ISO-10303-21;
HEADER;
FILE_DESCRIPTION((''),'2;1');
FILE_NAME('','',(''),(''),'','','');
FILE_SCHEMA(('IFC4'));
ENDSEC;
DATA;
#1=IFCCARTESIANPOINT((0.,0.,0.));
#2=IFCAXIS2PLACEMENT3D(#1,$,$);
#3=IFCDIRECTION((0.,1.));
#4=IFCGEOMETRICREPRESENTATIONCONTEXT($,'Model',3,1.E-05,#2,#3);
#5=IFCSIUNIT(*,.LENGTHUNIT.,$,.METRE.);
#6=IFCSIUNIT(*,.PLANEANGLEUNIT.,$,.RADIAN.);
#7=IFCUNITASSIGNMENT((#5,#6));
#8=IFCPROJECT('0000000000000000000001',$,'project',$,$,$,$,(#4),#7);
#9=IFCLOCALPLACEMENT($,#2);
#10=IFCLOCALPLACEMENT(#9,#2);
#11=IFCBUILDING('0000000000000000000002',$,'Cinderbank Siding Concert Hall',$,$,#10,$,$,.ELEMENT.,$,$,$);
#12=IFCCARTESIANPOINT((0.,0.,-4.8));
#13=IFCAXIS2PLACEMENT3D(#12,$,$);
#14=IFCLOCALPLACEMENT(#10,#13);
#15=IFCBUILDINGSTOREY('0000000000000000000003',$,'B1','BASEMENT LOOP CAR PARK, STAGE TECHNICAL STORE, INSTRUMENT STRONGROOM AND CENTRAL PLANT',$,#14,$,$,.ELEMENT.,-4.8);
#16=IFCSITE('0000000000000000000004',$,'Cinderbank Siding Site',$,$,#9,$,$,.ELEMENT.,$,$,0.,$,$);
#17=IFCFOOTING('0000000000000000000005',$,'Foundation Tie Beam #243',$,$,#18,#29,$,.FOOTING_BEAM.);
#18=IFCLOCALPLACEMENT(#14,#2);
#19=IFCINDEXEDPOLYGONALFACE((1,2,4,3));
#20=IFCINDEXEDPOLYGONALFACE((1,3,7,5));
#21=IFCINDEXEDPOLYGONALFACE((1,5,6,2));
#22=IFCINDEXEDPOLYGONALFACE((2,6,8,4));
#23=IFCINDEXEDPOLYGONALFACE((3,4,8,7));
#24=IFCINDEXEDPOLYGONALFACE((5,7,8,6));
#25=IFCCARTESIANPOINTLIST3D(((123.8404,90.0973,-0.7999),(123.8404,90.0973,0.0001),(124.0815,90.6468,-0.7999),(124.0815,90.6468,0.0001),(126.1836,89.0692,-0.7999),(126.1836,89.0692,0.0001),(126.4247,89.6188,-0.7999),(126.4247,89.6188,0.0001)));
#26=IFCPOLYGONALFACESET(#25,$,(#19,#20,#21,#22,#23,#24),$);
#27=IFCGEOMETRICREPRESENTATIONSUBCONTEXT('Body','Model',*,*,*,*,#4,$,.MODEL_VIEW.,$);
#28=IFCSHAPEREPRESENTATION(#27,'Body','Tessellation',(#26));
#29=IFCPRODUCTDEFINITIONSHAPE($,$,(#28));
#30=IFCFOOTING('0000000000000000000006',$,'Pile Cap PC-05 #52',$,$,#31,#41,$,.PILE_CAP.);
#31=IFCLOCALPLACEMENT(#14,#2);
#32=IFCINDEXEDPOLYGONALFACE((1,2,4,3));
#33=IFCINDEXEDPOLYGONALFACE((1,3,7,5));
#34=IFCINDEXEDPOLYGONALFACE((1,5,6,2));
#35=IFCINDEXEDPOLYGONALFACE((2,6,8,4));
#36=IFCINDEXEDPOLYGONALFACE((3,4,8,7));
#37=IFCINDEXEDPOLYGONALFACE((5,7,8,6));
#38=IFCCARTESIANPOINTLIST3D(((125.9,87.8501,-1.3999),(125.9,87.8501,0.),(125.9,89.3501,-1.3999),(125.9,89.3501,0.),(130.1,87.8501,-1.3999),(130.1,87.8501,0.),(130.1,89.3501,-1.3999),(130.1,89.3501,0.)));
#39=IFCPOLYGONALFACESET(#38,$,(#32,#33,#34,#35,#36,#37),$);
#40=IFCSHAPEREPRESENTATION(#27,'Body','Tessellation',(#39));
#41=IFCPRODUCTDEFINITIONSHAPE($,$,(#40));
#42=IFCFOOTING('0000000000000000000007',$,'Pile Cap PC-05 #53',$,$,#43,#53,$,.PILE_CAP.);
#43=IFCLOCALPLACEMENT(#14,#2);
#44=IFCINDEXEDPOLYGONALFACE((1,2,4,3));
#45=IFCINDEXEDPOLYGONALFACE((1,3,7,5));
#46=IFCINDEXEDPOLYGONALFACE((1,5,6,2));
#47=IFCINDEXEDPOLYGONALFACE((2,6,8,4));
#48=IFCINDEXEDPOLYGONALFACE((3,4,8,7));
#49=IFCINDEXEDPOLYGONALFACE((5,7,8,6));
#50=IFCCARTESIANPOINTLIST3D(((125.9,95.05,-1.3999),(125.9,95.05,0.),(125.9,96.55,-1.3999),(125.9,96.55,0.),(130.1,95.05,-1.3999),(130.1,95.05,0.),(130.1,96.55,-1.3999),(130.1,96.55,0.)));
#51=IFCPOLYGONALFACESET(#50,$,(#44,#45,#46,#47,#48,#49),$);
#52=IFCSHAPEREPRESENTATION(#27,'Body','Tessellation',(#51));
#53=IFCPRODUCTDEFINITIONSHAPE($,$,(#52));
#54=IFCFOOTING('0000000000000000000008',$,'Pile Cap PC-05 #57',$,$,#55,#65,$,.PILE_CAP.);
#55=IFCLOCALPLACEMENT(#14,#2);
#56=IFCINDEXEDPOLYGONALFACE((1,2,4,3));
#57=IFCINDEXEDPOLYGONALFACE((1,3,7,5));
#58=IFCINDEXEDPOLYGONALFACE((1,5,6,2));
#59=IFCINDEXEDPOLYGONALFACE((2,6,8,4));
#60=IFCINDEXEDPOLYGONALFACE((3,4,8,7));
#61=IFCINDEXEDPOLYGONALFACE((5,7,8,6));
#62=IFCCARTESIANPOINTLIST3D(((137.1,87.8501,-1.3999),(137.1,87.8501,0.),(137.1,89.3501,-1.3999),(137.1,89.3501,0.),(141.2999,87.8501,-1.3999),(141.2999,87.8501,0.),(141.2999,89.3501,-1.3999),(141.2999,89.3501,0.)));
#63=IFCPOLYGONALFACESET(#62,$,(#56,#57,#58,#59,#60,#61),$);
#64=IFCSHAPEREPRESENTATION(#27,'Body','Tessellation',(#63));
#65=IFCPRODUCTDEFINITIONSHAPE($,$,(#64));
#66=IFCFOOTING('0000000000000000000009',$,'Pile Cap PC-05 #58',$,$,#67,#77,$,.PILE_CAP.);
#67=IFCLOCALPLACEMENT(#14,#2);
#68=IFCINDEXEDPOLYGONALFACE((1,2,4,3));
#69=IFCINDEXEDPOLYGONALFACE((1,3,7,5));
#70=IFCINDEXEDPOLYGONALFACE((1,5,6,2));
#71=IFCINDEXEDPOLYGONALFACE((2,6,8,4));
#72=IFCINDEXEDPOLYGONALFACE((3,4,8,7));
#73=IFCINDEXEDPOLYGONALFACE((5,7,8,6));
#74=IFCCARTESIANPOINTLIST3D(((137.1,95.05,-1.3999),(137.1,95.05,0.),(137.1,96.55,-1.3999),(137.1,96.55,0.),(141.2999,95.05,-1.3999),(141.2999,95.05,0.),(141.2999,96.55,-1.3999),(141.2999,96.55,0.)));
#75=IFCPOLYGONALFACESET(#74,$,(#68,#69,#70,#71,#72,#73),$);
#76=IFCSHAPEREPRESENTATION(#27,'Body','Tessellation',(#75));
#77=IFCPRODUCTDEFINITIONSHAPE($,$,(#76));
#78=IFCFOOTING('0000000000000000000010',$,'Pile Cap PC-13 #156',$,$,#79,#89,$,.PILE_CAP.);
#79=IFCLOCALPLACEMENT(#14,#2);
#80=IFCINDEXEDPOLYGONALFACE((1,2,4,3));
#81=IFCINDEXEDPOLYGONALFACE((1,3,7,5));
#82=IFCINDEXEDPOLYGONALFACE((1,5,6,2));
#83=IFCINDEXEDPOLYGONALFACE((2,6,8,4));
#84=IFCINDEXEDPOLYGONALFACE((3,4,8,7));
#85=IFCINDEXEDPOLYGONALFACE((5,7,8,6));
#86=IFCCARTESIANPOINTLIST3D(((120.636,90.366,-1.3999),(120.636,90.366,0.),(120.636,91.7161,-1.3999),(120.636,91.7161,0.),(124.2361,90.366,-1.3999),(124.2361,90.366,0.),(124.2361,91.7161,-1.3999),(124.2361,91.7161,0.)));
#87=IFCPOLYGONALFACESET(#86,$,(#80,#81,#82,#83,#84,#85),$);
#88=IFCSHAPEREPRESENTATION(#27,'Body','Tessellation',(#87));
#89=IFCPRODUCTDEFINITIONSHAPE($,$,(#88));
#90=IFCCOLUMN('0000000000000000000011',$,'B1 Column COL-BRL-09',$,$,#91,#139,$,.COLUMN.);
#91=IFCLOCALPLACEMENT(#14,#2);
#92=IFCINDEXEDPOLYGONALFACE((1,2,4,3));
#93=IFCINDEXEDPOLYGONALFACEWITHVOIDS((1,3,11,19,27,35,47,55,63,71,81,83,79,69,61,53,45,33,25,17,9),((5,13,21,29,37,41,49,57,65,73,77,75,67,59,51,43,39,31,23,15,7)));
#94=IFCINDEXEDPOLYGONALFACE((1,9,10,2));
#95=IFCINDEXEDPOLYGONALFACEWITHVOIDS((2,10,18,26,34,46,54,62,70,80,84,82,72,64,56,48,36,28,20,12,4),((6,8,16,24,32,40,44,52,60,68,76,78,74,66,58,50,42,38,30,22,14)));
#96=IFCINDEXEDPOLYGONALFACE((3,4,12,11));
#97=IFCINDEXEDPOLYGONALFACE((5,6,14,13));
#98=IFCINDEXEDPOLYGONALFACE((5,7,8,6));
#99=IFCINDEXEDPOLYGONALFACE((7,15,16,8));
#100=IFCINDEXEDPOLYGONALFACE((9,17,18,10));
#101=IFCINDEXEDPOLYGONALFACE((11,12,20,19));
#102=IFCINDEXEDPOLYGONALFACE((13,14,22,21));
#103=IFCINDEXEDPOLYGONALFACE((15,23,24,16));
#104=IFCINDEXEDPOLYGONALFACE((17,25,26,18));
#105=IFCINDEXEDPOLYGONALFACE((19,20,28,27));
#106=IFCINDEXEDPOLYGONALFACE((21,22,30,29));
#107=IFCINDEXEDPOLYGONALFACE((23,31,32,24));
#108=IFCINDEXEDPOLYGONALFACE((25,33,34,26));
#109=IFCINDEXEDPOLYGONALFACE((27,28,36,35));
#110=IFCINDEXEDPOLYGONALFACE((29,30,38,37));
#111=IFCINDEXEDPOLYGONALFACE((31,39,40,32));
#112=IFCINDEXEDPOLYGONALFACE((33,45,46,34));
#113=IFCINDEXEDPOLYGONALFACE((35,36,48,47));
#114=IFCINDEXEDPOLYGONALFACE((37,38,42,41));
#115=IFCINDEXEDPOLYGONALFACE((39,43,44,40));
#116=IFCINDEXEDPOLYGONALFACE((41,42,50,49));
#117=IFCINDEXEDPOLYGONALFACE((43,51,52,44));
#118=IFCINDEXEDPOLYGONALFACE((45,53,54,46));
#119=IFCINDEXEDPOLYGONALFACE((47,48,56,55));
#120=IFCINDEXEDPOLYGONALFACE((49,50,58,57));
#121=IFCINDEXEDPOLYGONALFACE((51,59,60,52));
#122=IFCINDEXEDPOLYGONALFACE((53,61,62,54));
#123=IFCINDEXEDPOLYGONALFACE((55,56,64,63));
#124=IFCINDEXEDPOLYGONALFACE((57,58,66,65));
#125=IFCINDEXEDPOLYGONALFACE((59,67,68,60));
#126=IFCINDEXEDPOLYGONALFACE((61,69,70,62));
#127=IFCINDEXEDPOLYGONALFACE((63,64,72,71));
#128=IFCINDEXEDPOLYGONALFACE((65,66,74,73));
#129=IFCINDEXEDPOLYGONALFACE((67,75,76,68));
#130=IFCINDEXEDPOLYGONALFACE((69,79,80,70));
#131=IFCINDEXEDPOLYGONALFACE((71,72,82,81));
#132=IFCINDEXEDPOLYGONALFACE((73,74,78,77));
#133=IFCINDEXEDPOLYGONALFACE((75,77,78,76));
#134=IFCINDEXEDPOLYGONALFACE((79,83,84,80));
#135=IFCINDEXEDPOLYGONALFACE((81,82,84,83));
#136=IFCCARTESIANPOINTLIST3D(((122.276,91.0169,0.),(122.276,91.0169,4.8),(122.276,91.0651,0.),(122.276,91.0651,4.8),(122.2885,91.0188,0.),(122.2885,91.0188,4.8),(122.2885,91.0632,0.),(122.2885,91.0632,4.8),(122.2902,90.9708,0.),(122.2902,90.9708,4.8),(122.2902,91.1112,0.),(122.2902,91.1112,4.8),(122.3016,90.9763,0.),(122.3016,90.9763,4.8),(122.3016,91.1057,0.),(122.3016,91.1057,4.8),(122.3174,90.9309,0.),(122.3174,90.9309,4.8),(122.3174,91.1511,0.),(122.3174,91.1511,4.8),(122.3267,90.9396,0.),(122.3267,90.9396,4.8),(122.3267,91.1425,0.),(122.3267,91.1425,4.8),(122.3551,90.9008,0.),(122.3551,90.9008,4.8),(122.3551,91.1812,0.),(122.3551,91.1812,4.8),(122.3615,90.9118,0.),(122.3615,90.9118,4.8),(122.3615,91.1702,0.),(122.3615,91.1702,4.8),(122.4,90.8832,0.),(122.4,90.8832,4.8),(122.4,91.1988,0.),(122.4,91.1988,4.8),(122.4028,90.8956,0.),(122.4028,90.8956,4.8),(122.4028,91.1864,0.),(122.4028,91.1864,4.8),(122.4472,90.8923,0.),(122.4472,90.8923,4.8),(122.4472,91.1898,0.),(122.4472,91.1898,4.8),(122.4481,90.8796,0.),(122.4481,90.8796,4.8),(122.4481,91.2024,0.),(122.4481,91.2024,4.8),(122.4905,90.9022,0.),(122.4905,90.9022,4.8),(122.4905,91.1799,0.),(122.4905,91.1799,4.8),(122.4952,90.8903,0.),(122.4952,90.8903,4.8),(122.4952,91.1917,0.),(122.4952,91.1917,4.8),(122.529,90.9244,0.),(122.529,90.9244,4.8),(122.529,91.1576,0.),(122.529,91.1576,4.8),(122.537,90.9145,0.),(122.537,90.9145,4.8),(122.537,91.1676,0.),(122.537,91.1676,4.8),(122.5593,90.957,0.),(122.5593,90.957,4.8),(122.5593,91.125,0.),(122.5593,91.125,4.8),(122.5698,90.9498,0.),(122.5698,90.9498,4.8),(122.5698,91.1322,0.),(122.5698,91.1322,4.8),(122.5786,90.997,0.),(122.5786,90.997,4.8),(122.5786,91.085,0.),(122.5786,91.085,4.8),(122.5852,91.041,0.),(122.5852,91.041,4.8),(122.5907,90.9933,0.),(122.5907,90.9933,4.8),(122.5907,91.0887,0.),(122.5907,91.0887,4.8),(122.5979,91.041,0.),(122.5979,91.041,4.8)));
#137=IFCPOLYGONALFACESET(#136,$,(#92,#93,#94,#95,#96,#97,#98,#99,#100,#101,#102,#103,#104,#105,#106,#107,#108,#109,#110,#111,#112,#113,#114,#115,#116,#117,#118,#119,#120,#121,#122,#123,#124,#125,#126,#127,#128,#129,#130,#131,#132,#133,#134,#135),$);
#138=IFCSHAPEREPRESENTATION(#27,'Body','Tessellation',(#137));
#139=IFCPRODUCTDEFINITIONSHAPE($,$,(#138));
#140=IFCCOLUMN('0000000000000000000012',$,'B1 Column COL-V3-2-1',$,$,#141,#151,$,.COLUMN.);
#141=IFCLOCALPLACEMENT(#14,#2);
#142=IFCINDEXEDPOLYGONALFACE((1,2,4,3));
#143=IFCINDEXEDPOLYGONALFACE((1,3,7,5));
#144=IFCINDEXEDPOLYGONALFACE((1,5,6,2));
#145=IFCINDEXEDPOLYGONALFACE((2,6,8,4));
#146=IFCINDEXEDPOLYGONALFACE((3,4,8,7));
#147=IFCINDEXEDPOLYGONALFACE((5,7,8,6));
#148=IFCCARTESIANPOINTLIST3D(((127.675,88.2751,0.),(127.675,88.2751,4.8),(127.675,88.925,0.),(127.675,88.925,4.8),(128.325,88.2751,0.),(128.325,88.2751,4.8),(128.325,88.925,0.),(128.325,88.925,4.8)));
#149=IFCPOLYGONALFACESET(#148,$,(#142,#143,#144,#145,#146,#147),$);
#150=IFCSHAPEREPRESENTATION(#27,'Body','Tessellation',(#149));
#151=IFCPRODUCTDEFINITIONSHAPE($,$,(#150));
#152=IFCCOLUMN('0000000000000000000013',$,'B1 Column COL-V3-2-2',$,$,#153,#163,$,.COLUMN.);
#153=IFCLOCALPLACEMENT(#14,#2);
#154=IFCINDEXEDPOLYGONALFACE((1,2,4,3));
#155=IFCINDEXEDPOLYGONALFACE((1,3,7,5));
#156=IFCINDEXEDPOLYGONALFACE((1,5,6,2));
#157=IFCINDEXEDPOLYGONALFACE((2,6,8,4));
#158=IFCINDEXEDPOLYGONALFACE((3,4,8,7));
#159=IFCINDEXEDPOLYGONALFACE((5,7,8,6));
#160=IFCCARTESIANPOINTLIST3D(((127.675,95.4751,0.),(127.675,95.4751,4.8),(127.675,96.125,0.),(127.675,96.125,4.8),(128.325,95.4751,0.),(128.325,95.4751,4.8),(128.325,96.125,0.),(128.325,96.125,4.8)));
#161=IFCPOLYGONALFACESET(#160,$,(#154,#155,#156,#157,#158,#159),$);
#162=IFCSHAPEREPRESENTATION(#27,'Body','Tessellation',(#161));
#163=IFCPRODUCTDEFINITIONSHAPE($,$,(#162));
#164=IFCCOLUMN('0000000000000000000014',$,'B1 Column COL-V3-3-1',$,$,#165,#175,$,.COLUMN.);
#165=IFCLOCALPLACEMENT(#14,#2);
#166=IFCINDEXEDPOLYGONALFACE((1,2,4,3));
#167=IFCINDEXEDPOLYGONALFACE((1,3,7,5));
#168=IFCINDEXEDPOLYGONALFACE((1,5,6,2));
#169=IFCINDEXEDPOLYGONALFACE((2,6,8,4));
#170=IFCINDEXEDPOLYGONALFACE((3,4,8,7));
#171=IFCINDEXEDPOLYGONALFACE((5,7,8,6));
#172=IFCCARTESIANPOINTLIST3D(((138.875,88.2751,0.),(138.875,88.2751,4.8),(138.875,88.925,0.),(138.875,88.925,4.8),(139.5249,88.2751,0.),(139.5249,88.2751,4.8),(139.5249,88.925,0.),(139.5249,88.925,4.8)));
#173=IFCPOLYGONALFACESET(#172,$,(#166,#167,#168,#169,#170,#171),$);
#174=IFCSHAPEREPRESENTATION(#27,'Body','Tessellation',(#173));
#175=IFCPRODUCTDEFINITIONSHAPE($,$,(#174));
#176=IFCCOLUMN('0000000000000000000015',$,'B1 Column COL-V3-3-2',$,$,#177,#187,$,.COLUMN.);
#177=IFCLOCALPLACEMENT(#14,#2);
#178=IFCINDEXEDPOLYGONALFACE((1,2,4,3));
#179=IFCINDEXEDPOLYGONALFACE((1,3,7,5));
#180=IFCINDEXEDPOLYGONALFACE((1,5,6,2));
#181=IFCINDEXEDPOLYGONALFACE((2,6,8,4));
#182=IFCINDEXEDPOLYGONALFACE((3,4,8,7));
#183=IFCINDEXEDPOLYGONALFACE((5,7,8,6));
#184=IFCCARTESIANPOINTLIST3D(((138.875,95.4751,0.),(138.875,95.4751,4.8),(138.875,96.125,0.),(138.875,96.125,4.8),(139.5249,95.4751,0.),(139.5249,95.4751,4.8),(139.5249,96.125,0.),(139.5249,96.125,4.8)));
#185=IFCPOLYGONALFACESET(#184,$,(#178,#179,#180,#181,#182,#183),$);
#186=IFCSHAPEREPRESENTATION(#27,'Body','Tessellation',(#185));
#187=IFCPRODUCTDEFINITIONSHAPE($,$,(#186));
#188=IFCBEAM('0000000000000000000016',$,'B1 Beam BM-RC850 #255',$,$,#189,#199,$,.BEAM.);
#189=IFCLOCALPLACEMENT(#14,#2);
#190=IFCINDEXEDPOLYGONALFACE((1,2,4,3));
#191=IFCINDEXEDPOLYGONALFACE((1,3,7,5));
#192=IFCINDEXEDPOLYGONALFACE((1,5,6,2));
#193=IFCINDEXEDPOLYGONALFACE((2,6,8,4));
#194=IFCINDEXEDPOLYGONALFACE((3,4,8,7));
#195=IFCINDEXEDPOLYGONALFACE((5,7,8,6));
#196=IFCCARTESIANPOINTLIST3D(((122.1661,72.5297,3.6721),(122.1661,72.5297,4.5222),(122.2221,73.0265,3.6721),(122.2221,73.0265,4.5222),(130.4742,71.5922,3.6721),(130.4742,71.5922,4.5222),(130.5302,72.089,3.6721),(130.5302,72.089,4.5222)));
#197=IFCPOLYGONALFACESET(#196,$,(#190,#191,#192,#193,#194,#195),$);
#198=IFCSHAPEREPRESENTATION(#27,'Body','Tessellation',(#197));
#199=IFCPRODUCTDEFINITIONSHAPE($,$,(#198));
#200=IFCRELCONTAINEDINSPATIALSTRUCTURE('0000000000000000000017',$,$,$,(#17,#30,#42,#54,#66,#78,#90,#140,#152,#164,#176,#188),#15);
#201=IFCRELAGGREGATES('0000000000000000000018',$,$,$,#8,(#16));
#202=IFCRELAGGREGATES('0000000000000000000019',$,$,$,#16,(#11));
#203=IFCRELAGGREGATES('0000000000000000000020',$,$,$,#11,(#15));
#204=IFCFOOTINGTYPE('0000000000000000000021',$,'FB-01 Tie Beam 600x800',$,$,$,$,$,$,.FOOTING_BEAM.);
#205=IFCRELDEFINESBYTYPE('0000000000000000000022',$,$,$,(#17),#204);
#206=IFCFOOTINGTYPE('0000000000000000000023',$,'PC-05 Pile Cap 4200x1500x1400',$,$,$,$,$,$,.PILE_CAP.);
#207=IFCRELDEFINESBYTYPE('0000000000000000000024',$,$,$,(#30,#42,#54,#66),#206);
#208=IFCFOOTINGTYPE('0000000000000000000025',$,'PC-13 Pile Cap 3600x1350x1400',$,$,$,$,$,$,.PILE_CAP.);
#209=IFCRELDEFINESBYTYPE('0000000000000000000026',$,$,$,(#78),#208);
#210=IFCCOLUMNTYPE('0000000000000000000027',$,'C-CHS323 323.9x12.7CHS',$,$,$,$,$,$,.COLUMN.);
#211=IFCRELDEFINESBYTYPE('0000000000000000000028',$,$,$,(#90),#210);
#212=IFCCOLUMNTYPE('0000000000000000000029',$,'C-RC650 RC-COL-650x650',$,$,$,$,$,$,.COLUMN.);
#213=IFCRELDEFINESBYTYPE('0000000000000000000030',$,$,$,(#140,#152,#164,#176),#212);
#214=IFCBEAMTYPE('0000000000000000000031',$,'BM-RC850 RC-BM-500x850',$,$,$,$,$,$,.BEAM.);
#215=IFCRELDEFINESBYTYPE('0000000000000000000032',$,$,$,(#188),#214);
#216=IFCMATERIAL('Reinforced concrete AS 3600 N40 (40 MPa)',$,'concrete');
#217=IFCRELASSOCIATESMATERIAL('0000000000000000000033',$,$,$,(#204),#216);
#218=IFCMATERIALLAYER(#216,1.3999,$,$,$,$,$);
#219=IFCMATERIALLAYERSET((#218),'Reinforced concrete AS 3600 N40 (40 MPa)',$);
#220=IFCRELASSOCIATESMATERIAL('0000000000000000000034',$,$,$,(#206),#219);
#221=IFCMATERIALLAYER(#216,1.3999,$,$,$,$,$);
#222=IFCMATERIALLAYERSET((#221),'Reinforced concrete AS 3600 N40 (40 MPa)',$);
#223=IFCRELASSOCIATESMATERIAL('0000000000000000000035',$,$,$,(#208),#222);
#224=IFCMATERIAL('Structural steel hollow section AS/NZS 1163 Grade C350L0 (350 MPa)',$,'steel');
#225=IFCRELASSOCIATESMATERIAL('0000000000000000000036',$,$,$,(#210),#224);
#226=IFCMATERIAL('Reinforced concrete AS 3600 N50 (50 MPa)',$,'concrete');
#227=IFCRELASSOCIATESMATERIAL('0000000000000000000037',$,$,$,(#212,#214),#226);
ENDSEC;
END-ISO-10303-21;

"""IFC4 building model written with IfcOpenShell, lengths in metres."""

from ifc_helpers import new_model, si_unit, direction, frame, origin, origin_2d, place, context, subcontext, project, spatial, rectangle, hollow_circle, extrude, material, layer, layer_set, material_profile, profile_set, type_object, element, save


model = new_model("IFC4")

# Units and contexts
model_context = context("Model", 3, precision=1e-05, world=origin(), true_north=direction((0.0, 1.0)))
body_context = subcontext(model_context, "Body", "Model", "MODEL_VIEW")
ifc_project = project(units=[si_unit("LENGTHUNIT", "METRE"), si_unit("PLANEANGLEUNIT", "RADIAN")], contexts=[model_context])

# Site, building, storey
site_placement = place(None, origin())
site = spatial("IfcSite", under=ifc_project, at=site_placement, Name="Cinderbank Siding Site", CompositionType="ELEMENT", RefElevation=0.0)
building_placement = place(site_placement, origin())
building = spatial("IfcBuilding", under=site, at=building_placement, Name="Cinderbank Siding Concert Hall", CompositionType="ELEMENT")
storey_placement = place(building_placement, frame((0.0, 0.0, -4.8)))
storey = spatial("IfcBuildingStorey", under=building, at=storey_placement, Name="B1", Description="BASEMENT LOOP CAR PARK, STAGE TECHNICAL STORE, INSTRUMENT STRONGROOM AND CENTRAL PLANT", CompositionType="ELEMENT", Elevation=-4.8)

# Shared definitions
ifc_material_1 = material(Name="Reinforced concrete AS 3600 N40 (40 MPa)", Category="concrete")

# Footings
ifc_material_profile_1 = material_profile(ifc_material_1, rectangle(XDim=0.6001, YDim=0.8, at=origin_2d()), Name="RC-FB-600x800", Category="LoadBearing")
ifc_profile_set_1 = profile_set([ifc_material_profile_1], Name="Reinforced concrete AS 3600 N40 (40 MPa)")
footing_type_1 = type_object("IfcFootingType", Name="FB-01 Tie Beam 600x800", PredefinedType="FOOTING_BEAM", material=ifc_profile_set_1)
footing_1_placement = place(storey_placement, frame((123.9609, 90.3721, -0.3999), z_axis=(0.915741, -0.40177, 0.0), x_axis=(0.40177, 0.915741, 0.0)))
element("IfcFooting", 1, at=footing_1_placement, inside=storey, type_object=footing_type_1, Name="Foundation Tie Beam #243", PredefinedType="FOOTING_BEAM", context=body_context, shape_type="SweptSolid", body=[
    extrude(rectangle(XDim=0.6001, YDim=0.8, at=origin_2d()), origin(), (0.0, 0.0, 1.0), 2.5588),
])
ifc_layer_1 = layer(ifc_material_1, 1.3999)
ifc_layer_set_1 = layer_set([ifc_layer_1], Name="Reinforced concrete AS 3600 N40 (40 MPa)")
footing_type_2 = type_object("IfcFootingType", Name="PC-05 Pile Cap 4200x1500x1400", PredefinedType="PILE_CAP", material=ifc_layer_set_1)
for number, where, z_axis, x_axis, name in (
    (2, (128.0, 88.6001, -1.3999), (0.0, 0.0, 1.0), (1.0, 0.0, 0.0), "Pile Cap PC-05 #52"),
    (3, (128.0, 95.8, -1.3999), (0.0, 0.0, 1.0), (1.0, 0.0, 0.0), "Pile Cap PC-05 #53"),
    (4, (139.2, 88.6001, -1.3999), (0.0, 0.0, 1.0), (1.0, 0.0, 0.0), "Pile Cap PC-05 #57"),
    (5, (139.2, 95.8, -1.3999), (0.0, 0.0, 1.0), (1.0, 0.0, 0.0), "Pile Cap PC-05 #58"),
):
    element("IfcFooting", number, at=place(storey_placement, frame(where, z_axis=z_axis, x_axis=x_axis)), inside=storey, type_object=footing_type_2, Name=name, PredefinedType="PILE_CAP", context=body_context, shape_type="SweptSolid", body=[
        extrude(rectangle(XDim=4.2, YDim=1.5, at=origin_2d()), origin(), (0.0, 0.0, 1.0), 1.3999),
    ])
ifc_layer_2 = layer(ifc_material_1, 1.3999)
ifc_layer_set_2 = layer_set([ifc_layer_2], Name="Reinforced concrete AS 3600 N40 (40 MPa)")
footing_type_3 = type_object("IfcFootingType", Name="PC-13 Pile Cap 3600x1350x1400", PredefinedType="PILE_CAP", material=ifc_layer_set_2)
footing_2_placement = place(storey_placement, frame((122.436, 91.041, -1.3999), z_axis=(0.0, 0.0, 1.0), x_axis=(1.0, 0.0, 0.0)))
element("IfcFooting", 6, at=footing_2_placement, inside=storey, type_object=footing_type_3, Name="Pile Cap PC-13 #156", PredefinedType="PILE_CAP", context=body_context, shape_type="SweptSolid", body=[
    extrude(rectangle(XDim=3.6001, YDim=1.3501, at=origin_2d()), origin(), (0.0, 0.0, 1.0), 1.3999),
])

# Columns
ifc_material_2 = material(Name="Structural steel hollow section AS/NZS 1163 Grade C350L0 (350 MPa)", Category="steel")
ifc_material_profile_2 = material_profile(ifc_material_2, hollow_circle(Radius=0.1619, WallThickness=0.0127, at=origin_2d()), Name="323.9x12.7CHS", Category="LoadBearing")
ifc_profile_set_2 = profile_set([ifc_material_profile_2], Name="Structural steel hollow section AS/NZS 1163 Grade C350L0 (350 MPa)")
column_type_1 = type_object("IfcColumnType", Name="C-CHS323 323.9x12.7CHS", PredefinedType="COLUMN", material=ifc_profile_set_2)
column_placement = place(storey_placement, frame((122.436, 91.041, 0.0), z_axis=(0.0, 0.0, 1.0), x_axis=(1.0, 0.0, 0.0)))
element("IfcColumn", 7, at=column_placement, inside=storey, type_object=column_type_1, Name="B1 Column COL-BRL-09", PredefinedType="COLUMN", context=body_context, shape_type="SweptSolid", body=[
    extrude(hollow_circle(Radius=0.1619, WallThickness=0.0127, at=origin_2d()), origin(), (0.0, 0.0, 1.0), 4.8),
])
ifc_material_3 = material(Name="Reinforced concrete AS 3600 N50 (50 MPa)", Category="concrete")
ifc_material_profile_3 = material_profile(ifc_material_3, rectangle(XDim=0.6499, YDim=0.6499, at=origin_2d()), Name="RC-COL-650x650", Category="LoadBearing")
ifc_profile_set_3 = profile_set([ifc_material_profile_3], Name="Reinforced concrete AS 3600 N50 (50 MPa)")
column_type_2 = type_object("IfcColumnType", Name="C-RC650 RC-COL-650x650", PredefinedType="COLUMN", material=ifc_profile_set_3)
for number, where, z_axis, x_axis, name in (
    (8, (128.0, 88.6001, 0.0), (0.0, 0.0, 1.0), (1.0, 0.0, 0.0), "B1 Column COL-V3-2-1"),
    (9, (128.0, 95.8, 0.0), (0.0, 0.0, 1.0), (1.0, 0.0, 0.0), "B1 Column COL-V3-2-2"),
    (10, (139.2, 88.6001, 0.0), (0.0, 0.0, 1.0), (1.0, 0.0, 0.0), "B1 Column COL-V3-3-1"),
    (11, (139.2, 95.8, 0.0), (0.0, 0.0, 1.0), (1.0, 0.0, 0.0), "B1 Column COL-V3-3-2"),
):
    element("IfcColumn", number, at=place(storey_placement, frame(where, z_axis=z_axis, x_axis=x_axis)), inside=storey, type_object=column_type_2, Name=name, PredefinedType="COLUMN", context=body_context, shape_type="SweptSolid", body=[
        extrude(rectangle(XDim=0.6499, YDim=0.6499, at=origin_2d()), origin(), (0.0, 0.0, 1.0), 4.8),
    ])

# Beam
ifc_material_profile_4 = material_profile(ifc_material_3, rectangle(XDim=0.5, YDim=0.8501, at=origin_2d()), Name="RC-BM-500x850", Category="LoadBearing")
ifc_profile_set_4 = profile_set([ifc_material_profile_4], Name="Reinforced concrete AS 3600 N50 (50 MPa)")
beam_type_1 = type_object("IfcBeamType", Name="BM-RC850 RC-BM-500x850", PredefinedType="BEAM", material=ifc_profile_set_4)
beam_1_placement = place(storey_placement, frame((130.5022, 71.8406, 4.0972), z_axis=(-0.993694, 0.11213, 0.0), x_axis=(-0.11213, -0.993694, 0.0)))
element("IfcBeam", 12, at=beam_1_placement, inside=storey, type_object=beam_type_1, Name="B1 Beam BM-RC850 #255", PredefinedType="BEAM", context=body_context, shape_type="SweptSolid", body=[
    extrude(rectangle(XDim=0.5, YDim=0.8501, at=origin_2d()), origin(), (0.0, 0.0, 1.0), 8.3608),
])

save(model, "model.ifc")
